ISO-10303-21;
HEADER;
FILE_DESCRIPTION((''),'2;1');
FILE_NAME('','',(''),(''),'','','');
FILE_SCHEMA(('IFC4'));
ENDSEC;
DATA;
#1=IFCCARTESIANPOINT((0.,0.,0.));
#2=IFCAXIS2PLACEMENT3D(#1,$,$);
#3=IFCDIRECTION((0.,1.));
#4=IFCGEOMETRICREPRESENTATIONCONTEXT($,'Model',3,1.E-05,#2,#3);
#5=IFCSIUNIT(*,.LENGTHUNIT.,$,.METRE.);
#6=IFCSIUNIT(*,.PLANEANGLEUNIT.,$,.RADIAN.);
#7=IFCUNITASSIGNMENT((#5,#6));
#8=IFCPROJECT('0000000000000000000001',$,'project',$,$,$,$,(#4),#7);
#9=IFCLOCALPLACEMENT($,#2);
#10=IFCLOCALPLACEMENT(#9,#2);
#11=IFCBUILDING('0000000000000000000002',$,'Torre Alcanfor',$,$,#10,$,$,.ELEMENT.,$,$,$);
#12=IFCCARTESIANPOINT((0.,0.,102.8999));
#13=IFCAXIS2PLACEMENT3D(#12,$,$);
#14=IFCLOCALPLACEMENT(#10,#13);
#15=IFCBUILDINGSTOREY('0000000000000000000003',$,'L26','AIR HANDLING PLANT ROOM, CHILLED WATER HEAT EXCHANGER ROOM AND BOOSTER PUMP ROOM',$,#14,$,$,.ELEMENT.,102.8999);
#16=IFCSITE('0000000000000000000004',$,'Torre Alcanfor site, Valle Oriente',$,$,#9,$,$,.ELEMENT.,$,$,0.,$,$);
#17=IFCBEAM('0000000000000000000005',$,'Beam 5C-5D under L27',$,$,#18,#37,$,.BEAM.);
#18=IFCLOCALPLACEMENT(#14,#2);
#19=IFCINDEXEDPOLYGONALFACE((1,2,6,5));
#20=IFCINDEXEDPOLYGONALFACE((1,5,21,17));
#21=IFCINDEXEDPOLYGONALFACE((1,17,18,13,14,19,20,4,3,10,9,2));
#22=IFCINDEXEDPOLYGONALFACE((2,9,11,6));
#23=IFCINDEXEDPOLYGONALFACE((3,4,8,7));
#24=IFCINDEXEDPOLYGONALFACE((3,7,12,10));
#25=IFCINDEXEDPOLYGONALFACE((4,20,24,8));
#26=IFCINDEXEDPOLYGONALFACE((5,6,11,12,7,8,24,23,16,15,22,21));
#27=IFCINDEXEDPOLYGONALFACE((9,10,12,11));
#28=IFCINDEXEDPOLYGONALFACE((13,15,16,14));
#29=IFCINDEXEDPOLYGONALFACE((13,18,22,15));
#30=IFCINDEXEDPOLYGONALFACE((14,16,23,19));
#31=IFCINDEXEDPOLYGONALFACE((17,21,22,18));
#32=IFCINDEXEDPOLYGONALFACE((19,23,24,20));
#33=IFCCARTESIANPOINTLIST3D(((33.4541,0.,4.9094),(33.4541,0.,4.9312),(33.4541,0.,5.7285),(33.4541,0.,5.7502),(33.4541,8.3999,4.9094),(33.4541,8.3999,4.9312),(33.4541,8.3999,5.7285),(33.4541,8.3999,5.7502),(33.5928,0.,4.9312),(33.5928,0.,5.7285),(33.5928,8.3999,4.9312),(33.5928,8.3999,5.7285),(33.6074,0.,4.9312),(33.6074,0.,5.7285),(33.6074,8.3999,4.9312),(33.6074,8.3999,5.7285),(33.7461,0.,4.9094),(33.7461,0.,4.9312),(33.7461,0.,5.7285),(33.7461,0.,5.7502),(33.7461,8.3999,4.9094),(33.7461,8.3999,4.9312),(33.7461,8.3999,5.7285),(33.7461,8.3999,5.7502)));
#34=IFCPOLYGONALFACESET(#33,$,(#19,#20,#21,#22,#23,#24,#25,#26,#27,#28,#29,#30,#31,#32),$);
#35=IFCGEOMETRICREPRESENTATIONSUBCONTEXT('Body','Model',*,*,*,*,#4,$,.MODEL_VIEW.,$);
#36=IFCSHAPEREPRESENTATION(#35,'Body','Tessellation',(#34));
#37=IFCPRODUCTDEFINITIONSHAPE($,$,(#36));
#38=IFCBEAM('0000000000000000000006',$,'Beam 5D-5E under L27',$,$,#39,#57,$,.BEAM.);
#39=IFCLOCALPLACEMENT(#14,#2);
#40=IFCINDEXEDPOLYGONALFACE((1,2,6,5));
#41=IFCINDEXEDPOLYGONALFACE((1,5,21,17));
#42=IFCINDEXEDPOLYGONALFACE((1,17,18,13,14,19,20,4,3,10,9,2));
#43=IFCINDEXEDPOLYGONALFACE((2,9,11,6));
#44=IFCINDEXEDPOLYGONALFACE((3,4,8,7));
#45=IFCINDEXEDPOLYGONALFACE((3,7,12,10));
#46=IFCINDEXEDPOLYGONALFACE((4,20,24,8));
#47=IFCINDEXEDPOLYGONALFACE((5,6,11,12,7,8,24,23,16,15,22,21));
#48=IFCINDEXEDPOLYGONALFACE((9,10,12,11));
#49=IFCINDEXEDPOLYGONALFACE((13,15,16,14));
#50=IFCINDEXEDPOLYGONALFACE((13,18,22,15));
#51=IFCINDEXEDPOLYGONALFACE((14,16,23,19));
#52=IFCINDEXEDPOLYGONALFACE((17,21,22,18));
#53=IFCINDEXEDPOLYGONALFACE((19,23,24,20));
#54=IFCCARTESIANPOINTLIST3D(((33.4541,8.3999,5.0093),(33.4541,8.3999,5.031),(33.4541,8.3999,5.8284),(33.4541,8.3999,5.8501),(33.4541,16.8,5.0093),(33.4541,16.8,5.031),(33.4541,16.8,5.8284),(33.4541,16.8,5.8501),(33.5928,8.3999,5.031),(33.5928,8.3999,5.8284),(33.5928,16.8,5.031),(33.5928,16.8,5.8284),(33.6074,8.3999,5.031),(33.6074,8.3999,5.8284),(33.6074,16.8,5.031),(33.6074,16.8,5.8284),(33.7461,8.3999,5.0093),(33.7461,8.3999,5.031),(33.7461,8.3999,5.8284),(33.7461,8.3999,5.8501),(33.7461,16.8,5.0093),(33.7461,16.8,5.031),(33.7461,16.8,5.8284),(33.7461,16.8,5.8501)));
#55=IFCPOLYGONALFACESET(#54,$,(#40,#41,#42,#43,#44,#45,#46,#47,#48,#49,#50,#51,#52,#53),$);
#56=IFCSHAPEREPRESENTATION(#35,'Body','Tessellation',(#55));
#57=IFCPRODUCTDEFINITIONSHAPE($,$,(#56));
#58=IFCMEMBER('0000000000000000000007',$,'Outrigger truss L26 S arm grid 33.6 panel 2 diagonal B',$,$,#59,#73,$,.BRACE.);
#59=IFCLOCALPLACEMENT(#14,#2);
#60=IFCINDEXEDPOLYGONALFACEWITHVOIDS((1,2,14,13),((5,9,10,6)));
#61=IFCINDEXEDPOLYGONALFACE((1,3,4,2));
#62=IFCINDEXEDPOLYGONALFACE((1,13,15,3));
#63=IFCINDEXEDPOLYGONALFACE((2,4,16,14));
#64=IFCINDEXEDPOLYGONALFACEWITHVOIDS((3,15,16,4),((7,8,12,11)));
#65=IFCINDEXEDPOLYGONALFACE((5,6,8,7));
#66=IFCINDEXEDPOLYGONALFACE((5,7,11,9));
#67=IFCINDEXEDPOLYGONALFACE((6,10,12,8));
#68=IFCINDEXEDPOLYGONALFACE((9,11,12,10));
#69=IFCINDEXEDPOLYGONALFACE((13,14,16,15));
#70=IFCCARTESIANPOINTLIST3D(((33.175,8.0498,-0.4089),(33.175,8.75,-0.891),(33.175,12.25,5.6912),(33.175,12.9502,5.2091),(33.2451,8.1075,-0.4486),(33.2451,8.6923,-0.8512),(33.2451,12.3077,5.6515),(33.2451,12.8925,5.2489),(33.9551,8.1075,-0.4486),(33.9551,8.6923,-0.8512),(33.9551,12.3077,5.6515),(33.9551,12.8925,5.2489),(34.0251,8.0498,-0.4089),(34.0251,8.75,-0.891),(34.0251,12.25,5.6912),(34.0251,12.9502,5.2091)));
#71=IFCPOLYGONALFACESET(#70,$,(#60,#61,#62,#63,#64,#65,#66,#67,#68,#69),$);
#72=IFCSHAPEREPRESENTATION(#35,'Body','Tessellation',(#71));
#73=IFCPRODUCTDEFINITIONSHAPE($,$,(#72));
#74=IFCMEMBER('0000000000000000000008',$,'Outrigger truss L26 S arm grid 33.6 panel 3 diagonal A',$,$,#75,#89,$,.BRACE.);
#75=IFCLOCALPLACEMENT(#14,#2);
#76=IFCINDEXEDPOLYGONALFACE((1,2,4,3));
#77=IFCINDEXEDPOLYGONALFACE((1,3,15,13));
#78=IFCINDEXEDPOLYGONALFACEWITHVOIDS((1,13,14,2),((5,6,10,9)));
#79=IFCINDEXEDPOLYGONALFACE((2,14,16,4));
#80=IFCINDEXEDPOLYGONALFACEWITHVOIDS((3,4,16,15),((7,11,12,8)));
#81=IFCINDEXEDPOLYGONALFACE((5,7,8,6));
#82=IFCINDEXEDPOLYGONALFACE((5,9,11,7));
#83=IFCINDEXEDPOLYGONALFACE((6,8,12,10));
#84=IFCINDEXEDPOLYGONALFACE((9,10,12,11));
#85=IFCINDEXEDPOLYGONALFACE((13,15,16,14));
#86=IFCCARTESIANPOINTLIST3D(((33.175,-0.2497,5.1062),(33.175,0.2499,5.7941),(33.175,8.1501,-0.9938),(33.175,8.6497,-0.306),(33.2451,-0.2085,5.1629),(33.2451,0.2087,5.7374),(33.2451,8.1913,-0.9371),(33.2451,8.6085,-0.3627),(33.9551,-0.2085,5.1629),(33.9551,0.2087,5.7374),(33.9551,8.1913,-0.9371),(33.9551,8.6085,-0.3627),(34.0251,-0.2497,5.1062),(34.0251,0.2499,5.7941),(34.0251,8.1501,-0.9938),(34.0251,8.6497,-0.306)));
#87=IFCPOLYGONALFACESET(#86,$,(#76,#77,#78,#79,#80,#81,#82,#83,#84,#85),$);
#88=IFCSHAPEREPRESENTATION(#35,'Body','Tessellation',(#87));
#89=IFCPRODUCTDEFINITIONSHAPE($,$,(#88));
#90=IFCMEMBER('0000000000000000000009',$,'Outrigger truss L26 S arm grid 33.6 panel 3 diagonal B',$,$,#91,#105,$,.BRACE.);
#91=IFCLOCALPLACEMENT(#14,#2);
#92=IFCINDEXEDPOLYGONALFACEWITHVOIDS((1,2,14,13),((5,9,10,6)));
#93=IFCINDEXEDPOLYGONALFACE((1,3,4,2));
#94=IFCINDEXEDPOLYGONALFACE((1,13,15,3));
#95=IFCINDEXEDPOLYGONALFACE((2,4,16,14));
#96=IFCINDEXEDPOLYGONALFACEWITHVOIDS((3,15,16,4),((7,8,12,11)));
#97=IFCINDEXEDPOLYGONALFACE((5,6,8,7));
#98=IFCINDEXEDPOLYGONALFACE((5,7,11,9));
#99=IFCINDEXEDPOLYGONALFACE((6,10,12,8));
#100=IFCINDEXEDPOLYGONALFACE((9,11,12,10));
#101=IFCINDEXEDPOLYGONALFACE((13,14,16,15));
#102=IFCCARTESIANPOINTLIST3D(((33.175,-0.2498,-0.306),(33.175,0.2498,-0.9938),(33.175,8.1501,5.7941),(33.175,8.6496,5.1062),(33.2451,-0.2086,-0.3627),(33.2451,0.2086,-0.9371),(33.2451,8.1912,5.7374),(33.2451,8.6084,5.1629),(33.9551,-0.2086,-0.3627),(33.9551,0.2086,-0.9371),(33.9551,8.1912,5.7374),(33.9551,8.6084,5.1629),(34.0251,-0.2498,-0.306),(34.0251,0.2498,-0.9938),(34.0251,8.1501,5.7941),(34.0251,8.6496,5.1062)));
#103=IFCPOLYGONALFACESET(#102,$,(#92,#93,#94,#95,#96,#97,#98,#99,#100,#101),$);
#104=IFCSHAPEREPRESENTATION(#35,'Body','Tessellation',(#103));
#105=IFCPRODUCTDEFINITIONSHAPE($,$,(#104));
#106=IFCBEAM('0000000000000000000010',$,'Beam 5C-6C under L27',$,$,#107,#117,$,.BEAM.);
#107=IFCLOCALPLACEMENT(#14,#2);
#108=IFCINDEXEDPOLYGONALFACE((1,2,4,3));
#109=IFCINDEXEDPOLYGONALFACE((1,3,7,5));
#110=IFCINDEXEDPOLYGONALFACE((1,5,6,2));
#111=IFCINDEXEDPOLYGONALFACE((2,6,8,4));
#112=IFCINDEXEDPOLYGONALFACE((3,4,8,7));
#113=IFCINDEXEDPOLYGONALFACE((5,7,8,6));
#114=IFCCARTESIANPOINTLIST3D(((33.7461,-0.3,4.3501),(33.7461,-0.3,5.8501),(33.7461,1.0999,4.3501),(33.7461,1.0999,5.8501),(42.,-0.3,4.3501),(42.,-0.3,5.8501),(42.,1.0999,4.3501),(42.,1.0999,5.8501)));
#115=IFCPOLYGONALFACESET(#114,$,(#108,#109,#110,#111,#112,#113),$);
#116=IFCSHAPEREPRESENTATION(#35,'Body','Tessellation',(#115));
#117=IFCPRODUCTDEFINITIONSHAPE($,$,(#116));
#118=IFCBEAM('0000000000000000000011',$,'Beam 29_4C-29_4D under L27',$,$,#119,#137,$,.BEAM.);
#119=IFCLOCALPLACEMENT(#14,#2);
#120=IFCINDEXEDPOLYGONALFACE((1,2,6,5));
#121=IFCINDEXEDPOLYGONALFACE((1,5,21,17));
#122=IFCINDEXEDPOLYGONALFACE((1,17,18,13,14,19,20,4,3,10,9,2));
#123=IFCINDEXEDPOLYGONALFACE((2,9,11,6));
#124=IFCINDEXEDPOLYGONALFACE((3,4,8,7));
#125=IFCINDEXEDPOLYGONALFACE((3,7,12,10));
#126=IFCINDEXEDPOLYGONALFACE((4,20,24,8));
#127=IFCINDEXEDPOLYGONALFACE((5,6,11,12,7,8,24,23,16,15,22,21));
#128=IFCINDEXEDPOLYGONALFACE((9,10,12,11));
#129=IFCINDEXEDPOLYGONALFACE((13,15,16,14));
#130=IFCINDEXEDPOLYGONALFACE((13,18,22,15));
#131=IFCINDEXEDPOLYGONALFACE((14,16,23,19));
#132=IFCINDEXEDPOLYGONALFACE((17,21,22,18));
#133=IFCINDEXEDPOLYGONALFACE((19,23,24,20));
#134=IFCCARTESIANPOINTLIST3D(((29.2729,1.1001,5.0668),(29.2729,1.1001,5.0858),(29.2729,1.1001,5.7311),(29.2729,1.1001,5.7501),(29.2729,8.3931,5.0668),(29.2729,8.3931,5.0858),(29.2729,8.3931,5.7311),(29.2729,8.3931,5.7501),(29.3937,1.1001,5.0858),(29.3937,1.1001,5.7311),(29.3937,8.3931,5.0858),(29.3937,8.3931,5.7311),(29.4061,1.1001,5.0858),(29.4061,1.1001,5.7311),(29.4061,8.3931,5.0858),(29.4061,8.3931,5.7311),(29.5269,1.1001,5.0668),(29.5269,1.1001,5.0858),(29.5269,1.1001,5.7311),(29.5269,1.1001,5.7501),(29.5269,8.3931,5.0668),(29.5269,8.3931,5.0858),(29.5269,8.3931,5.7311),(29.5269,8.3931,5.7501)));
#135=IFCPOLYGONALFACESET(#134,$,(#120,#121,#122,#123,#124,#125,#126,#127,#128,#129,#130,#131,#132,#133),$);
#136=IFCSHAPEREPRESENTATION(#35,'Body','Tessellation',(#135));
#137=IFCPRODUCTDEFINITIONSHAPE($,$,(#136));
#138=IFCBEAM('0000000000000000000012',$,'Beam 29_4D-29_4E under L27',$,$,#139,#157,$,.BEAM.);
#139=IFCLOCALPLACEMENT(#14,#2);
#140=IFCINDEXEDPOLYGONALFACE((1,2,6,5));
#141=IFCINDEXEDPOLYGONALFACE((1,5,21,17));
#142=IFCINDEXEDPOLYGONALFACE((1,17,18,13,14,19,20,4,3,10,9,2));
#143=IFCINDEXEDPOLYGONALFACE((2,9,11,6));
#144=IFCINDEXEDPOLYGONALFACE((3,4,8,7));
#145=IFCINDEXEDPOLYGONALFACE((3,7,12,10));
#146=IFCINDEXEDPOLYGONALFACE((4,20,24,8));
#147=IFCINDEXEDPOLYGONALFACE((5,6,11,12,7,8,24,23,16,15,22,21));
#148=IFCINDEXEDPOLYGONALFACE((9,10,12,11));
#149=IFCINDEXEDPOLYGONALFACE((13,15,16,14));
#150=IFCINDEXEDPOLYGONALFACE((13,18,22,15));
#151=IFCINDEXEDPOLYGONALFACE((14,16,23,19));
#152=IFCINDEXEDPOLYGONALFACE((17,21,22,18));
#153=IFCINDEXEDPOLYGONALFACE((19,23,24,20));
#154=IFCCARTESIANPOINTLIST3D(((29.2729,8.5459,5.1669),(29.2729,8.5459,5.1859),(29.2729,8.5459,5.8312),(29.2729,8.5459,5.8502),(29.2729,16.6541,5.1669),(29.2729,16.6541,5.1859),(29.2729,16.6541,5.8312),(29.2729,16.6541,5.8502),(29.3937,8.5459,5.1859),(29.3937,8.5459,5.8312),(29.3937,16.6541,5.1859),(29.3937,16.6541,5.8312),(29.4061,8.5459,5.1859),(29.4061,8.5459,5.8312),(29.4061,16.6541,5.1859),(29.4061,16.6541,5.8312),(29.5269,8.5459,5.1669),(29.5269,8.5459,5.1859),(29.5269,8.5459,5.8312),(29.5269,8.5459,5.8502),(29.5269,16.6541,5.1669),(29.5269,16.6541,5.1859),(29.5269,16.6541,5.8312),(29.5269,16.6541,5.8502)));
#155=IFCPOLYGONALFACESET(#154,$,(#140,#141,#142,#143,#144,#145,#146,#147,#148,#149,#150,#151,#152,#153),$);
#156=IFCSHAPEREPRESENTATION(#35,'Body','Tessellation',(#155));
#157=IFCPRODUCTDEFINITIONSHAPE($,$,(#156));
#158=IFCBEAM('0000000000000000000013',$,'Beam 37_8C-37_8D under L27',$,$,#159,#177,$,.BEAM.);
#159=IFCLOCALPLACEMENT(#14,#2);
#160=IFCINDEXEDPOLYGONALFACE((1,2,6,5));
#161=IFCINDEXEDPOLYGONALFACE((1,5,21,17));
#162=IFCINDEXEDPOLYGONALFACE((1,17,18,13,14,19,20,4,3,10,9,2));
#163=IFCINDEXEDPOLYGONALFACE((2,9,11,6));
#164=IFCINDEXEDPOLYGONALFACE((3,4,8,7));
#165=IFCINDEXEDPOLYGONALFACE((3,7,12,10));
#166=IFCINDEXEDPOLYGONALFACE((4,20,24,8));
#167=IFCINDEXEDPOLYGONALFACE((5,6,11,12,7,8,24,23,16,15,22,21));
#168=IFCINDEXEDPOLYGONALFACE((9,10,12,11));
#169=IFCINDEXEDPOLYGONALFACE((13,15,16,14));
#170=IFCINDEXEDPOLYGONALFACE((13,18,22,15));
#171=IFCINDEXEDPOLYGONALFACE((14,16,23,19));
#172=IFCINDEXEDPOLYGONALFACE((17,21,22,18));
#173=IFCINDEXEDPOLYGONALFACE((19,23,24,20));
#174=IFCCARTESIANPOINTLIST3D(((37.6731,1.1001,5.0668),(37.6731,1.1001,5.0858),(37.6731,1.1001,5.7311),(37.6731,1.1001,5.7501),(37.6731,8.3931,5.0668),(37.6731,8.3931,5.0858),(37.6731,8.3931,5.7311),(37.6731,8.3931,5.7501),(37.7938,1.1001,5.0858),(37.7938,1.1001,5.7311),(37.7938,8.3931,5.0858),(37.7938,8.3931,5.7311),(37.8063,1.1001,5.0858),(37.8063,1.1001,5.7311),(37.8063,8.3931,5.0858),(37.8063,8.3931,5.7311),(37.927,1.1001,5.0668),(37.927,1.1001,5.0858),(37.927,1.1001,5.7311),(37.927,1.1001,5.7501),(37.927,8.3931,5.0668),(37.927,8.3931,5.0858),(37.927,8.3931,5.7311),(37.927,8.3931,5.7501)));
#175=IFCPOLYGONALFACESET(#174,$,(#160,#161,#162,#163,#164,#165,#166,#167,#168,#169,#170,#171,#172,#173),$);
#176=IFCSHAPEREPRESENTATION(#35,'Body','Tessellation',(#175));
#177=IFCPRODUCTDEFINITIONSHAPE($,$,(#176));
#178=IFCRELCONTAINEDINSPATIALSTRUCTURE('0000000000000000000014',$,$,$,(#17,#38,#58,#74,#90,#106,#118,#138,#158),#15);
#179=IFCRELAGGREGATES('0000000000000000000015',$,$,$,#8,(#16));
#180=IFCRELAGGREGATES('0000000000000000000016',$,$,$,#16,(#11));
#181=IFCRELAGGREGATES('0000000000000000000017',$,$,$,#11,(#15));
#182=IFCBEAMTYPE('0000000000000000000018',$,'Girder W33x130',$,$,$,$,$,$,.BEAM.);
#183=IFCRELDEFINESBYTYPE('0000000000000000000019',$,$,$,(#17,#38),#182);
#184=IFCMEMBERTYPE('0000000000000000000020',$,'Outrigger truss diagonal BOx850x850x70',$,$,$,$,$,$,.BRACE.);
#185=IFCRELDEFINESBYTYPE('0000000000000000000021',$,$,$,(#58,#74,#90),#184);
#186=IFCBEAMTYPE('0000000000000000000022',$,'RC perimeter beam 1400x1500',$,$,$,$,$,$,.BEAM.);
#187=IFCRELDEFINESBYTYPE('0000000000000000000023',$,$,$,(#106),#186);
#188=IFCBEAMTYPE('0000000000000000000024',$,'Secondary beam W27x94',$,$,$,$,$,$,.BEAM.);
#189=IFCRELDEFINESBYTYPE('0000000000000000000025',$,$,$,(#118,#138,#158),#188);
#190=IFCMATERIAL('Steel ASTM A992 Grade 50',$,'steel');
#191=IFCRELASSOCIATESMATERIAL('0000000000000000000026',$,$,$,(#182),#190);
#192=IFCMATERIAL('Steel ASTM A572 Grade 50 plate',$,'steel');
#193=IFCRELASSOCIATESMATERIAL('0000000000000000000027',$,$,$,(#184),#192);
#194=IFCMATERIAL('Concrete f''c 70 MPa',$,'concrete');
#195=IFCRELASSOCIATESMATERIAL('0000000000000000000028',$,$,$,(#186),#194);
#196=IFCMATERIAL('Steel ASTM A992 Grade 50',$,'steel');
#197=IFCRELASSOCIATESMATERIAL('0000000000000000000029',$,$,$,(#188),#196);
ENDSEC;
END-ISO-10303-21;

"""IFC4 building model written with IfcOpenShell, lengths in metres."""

from ifc_helpers import new_model, si_unit, direction, frame, origin, origin_2d, place, context, subcontext, project, spatial, rectangle, hollow_rectangle, i_section, extrude, material, material_profile, profile_set, type_object, element, save


model = new_model("IFC4")

# Units and contexts
model_context = context("Model", 3, precision=1e-05, world=origin(), true_north=direction((0.0, 1.0)))
body_context = subcontext(model_context, "Body", "Model", "MODEL_VIEW")
ifc_project = project(units=[si_unit("LENGTHUNIT", "METRE"), si_unit("PLANEANGLEUNIT", "RADIAN")], contexts=[model_context])

# Site, building, storey
site_placement = place(None, origin())
site = spatial("IfcSite", under=ifc_project, at=site_placement, Name="Torre Alcanfor site, Valle Oriente", CompositionType="ELEMENT", RefElevation=0.0)
building_placement = place(site_placement, origin())
building = spatial("IfcBuilding", under=site, at=building_placement, Name="Torre Alcanfor", CompositionType="ELEMENT")
storey_placement = place(building_placement, frame((0.0, 0.0, 102.8999)))
storey = spatial("IfcBuildingStorey", under=building, at=storey_placement, Name="L26", Description="AIR HANDLING PLANT ROOM, CHILLED WATER HEAT EXCHANGER ROOM AND BOOSTER PUMP ROOM", CompositionType="ELEMENT", Elevation=102.8999)

# Beams
ifc_material_1 = material(Name="Steel ASTM A992 Grade 50", Category="steel")
ifc_material_profile_1 = material_profile(ifc_material_1, i_section(OverallWidth=0.292, OverallDepth=0.8408, WebThickness=0.0146, FlangeThickness=0.0217, at=origin_2d()), Name="W33x130")
ifc_profile_set_1 = profile_set([ifc_material_profile_1], Name="Steel ASTM A992 Grade 50")
beam_type_1 = type_object("IfcBeamType", Name="Girder W33x130", PredefinedType="BEAM", material=ifc_profile_set_1)
for number, where, z_axis, x_axis, name in (
    (1, (33.6001, 0.0, 5.3298), (0.0, 1.0, 0.0), (-1.0, 0.0, 0.0), "Beam 5C-5D under L27"),
):
    element("IfcBeam", number, at=place(storey_placement, frame(where, z_axis=z_axis, x_axis=x_axis)), inside=storey, type_object=beam_type_1, Name=name, PredefinedType="BEAM", context=body_context, shape_type="SweptSolid", body=[
        extrude(i_section(OverallWidth=0.292, OverallDepth=0.8408, WebThickness=0.0146, FlangeThickness=0.0217, at=origin_2d()), origin(), (0.0, 0.0, 1.0), 8.3999),
    ])
beam_1_placement = place(storey_placement, frame((33.6001, 8.3999, 5.4297), z_axis=(0.0, 1.0, 0.0), x_axis=(-1.0, 0.0, 0.0)))
element("IfcBeam", 2, at=beam_1_placement, inside=storey, type_object=beam_type_1, Name="Beam 5D-5E under L27", PredefinedType="BEAM", context=body_context, shape_type="SweptSolid", body=[
    extrude(i_section(OverallWidth=0.292, OverallDepth=0.8408, WebThickness=0.0146, FlangeThickness=0.0217, at=origin_2d()), origin(), (0.0, 0.0, 1.0), 8.4001),
])

# Members
ifc_material_2 = material(Name="Steel ASTM A572 Grade 50 plate", Category="steel")
ifc_material_profile_2 = material_profile(ifc_material_2, hollow_rectangle(XDim=0.8501, YDim=0.8501, WallThickness=0.0701, at=origin_2d()), Name="BOX 850x850x70")
ifc_profile_set_2 = profile_set([ifc_material_profile_2], Name="Steel ASTM A572 Grade 50 plate")
member_type_1 = type_object("IfcMemberType", Name="Outrigger truss diagonal BOx850x850x70", PredefinedType="BRACE", material=ifc_profile_set_2)
member_1_placement = place(storey_placement, frame((33.6001, 8.3999, -0.6499), z_axis=(0.0, 0.567113, 0.82364), x_axis=(-1.0, 0.0, 0.0)))
element("IfcMember", 3, at=member_1_placement, inside=storey, type_object=member_type_1, Name="Outrigger truss L26 S arm grid 33.6 panel 2 diagonal B", PredefinedType="BRACE", context=body_context, shape_type="SweptSolid", body=[
    extrude(hollow_rectangle(XDim=0.8501, YDim=0.8501, WallThickness=0.0701, at=origin_2d()), origin(), (0.0, 0.0, 1.0), 7.4062),
])
for number, where, z_axis, x_axis, name in (
    (4, (33.6001, 8.3999, -0.6499), (0.0, -0.809145, 0.587609), (1.0, 0.0, 0.0), "Outrigger truss L26 S arm grid 33.6 panel 3 diagonal A"),
    (5, (33.6001, 0.0, -0.6499), (0.0, 0.809145, 0.587609), (-1.0, 0.0, 0.0), "Outrigger truss L26 S arm grid 33.6 panel 3 diagonal B"),
):
    element("IfcMember", number, at=place(storey_placement, frame(where, z_axis=z_axis, x_axis=x_axis)), inside=storey, type_object=member_type_1, Name=name, PredefinedType="BRACE", context=body_context, shape_type="SweptSolid", body=[
        extrude(hollow_rectangle(XDim=0.8501, YDim=0.8501, WallThickness=0.0701, at=origin_2d()), origin(), (0.0, 0.0, 1.0), 10.3811),
    ])

# Beams
ifc_material_3 = material(Name="Concrete f'c 70 MPa", Category="concrete")
ifc_material_profile_3 = material_profile(ifc_material_3, rectangle(XDim=1.3999, YDim=1.5, at=origin_2d()), Name="1400x1500")
ifc_profile_set_3 = profile_set([ifc_material_profile_3], Name="Concrete f'c 70 MPa")
beam_type_2 = type_object("IfcBeamType", Name="RC perimeter beam 1400x1500", PredefinedType="BEAM", material=ifc_profile_set_3)
beam_2_placement = place(storey_placement, frame((33.7461, 0.3999, 5.1001), z_axis=(1.0, 0.0, 0.0), x_axis=(0.0, 1.0, 0.0)))
element("IfcBeam", 6, at=beam_2_placement, inside=storey, type_object=beam_type_2, Name="Beam 5C-6C under L27", PredefinedType="BEAM", context=body_context, shape_type="SweptSolid", body=[
    extrude(rectangle(XDim=1.3999, YDim=1.5, at=origin_2d()), origin(), (0.0, 0.0, 1.0), 8.2539),
])
ifc_material_4 = material(Name="Steel ASTM A992 Grade 50", Category="steel")
ifc_material_profile_4 = material_profile(ifc_material_4, i_section(OverallWidth=0.2539, OverallDepth=0.6833, WebThickness=0.0125, FlangeThickness=0.019, at=origin_2d()), Name="W27x94")
ifc_profile_set_4 = profile_set([ifc_material_profile_4], Name="Steel ASTM A992 Grade 50")
beam_type_3 = type_object("IfcBeamType", Name="Secondary beam W27x94", PredefinedType="BEAM", material=ifc_profile_set_4)
beam_3_placement = place(storey_placement, frame((29.3999, 1.1001, 5.4084), z_axis=(0.0, 1.0, 0.0), x_axis=(-1.0, 0.0, 0.0)))
element("IfcBeam", 7, at=beam_3_placement, inside=storey, type_object=beam_type_3, Name="Beam 29_4C-29_4D under L27", PredefinedType="BEAM", context=body_context, shape_type="SweptSolid", body=[
    extrude(i_section(OverallWidth=0.2539, OverallDepth=0.6833, WebThickness=0.0125, FlangeThickness=0.019, at=origin_2d()), origin(), (0.0, 0.0, 1.0), 7.293),
])
beam_4_placement = place(storey_placement, frame((29.3999, 8.5459, 5.5085), z_axis=(0.0, 1.0, 0.0), x_axis=(-1.0, 0.0, 0.0)))
element("IfcBeam", 8, at=beam_4_placement, inside=storey, type_object=beam_type_3, Name="Beam 29_4D-29_4E under L27", PredefinedType="BEAM", context=body_context, shape_type="SweptSolid", body=[
    extrude(i_section(OverallWidth=0.2539, OverallDepth=0.6833, WebThickness=0.0125, FlangeThickness=0.019, at=origin_2d()), origin(), (0.0, 0.0, 1.0), 8.1082),
])
beam_5_placement = place(storey_placement, frame((37.8, 1.1001, 5.4084), z_axis=(0.0, 1.0, 0.0), x_axis=(-1.0, 0.0, 0.0)))
element("IfcBeam", 9, at=beam_5_placement, inside=storey, type_object=beam_type_3, Name="Beam 37_8C-37_8D under L27", PredefinedType="BEAM", context=body_context, shape_type="SweptSolid", body=[
    extrude(i_section(OverallWidth=0.2539, OverallDepth=0.6833, WebThickness=0.0125, FlangeThickness=0.019, at=origin_2d()), origin(), (0.0, 0.0, 1.0), 7.293),
])

save(model, "model.ifc")
